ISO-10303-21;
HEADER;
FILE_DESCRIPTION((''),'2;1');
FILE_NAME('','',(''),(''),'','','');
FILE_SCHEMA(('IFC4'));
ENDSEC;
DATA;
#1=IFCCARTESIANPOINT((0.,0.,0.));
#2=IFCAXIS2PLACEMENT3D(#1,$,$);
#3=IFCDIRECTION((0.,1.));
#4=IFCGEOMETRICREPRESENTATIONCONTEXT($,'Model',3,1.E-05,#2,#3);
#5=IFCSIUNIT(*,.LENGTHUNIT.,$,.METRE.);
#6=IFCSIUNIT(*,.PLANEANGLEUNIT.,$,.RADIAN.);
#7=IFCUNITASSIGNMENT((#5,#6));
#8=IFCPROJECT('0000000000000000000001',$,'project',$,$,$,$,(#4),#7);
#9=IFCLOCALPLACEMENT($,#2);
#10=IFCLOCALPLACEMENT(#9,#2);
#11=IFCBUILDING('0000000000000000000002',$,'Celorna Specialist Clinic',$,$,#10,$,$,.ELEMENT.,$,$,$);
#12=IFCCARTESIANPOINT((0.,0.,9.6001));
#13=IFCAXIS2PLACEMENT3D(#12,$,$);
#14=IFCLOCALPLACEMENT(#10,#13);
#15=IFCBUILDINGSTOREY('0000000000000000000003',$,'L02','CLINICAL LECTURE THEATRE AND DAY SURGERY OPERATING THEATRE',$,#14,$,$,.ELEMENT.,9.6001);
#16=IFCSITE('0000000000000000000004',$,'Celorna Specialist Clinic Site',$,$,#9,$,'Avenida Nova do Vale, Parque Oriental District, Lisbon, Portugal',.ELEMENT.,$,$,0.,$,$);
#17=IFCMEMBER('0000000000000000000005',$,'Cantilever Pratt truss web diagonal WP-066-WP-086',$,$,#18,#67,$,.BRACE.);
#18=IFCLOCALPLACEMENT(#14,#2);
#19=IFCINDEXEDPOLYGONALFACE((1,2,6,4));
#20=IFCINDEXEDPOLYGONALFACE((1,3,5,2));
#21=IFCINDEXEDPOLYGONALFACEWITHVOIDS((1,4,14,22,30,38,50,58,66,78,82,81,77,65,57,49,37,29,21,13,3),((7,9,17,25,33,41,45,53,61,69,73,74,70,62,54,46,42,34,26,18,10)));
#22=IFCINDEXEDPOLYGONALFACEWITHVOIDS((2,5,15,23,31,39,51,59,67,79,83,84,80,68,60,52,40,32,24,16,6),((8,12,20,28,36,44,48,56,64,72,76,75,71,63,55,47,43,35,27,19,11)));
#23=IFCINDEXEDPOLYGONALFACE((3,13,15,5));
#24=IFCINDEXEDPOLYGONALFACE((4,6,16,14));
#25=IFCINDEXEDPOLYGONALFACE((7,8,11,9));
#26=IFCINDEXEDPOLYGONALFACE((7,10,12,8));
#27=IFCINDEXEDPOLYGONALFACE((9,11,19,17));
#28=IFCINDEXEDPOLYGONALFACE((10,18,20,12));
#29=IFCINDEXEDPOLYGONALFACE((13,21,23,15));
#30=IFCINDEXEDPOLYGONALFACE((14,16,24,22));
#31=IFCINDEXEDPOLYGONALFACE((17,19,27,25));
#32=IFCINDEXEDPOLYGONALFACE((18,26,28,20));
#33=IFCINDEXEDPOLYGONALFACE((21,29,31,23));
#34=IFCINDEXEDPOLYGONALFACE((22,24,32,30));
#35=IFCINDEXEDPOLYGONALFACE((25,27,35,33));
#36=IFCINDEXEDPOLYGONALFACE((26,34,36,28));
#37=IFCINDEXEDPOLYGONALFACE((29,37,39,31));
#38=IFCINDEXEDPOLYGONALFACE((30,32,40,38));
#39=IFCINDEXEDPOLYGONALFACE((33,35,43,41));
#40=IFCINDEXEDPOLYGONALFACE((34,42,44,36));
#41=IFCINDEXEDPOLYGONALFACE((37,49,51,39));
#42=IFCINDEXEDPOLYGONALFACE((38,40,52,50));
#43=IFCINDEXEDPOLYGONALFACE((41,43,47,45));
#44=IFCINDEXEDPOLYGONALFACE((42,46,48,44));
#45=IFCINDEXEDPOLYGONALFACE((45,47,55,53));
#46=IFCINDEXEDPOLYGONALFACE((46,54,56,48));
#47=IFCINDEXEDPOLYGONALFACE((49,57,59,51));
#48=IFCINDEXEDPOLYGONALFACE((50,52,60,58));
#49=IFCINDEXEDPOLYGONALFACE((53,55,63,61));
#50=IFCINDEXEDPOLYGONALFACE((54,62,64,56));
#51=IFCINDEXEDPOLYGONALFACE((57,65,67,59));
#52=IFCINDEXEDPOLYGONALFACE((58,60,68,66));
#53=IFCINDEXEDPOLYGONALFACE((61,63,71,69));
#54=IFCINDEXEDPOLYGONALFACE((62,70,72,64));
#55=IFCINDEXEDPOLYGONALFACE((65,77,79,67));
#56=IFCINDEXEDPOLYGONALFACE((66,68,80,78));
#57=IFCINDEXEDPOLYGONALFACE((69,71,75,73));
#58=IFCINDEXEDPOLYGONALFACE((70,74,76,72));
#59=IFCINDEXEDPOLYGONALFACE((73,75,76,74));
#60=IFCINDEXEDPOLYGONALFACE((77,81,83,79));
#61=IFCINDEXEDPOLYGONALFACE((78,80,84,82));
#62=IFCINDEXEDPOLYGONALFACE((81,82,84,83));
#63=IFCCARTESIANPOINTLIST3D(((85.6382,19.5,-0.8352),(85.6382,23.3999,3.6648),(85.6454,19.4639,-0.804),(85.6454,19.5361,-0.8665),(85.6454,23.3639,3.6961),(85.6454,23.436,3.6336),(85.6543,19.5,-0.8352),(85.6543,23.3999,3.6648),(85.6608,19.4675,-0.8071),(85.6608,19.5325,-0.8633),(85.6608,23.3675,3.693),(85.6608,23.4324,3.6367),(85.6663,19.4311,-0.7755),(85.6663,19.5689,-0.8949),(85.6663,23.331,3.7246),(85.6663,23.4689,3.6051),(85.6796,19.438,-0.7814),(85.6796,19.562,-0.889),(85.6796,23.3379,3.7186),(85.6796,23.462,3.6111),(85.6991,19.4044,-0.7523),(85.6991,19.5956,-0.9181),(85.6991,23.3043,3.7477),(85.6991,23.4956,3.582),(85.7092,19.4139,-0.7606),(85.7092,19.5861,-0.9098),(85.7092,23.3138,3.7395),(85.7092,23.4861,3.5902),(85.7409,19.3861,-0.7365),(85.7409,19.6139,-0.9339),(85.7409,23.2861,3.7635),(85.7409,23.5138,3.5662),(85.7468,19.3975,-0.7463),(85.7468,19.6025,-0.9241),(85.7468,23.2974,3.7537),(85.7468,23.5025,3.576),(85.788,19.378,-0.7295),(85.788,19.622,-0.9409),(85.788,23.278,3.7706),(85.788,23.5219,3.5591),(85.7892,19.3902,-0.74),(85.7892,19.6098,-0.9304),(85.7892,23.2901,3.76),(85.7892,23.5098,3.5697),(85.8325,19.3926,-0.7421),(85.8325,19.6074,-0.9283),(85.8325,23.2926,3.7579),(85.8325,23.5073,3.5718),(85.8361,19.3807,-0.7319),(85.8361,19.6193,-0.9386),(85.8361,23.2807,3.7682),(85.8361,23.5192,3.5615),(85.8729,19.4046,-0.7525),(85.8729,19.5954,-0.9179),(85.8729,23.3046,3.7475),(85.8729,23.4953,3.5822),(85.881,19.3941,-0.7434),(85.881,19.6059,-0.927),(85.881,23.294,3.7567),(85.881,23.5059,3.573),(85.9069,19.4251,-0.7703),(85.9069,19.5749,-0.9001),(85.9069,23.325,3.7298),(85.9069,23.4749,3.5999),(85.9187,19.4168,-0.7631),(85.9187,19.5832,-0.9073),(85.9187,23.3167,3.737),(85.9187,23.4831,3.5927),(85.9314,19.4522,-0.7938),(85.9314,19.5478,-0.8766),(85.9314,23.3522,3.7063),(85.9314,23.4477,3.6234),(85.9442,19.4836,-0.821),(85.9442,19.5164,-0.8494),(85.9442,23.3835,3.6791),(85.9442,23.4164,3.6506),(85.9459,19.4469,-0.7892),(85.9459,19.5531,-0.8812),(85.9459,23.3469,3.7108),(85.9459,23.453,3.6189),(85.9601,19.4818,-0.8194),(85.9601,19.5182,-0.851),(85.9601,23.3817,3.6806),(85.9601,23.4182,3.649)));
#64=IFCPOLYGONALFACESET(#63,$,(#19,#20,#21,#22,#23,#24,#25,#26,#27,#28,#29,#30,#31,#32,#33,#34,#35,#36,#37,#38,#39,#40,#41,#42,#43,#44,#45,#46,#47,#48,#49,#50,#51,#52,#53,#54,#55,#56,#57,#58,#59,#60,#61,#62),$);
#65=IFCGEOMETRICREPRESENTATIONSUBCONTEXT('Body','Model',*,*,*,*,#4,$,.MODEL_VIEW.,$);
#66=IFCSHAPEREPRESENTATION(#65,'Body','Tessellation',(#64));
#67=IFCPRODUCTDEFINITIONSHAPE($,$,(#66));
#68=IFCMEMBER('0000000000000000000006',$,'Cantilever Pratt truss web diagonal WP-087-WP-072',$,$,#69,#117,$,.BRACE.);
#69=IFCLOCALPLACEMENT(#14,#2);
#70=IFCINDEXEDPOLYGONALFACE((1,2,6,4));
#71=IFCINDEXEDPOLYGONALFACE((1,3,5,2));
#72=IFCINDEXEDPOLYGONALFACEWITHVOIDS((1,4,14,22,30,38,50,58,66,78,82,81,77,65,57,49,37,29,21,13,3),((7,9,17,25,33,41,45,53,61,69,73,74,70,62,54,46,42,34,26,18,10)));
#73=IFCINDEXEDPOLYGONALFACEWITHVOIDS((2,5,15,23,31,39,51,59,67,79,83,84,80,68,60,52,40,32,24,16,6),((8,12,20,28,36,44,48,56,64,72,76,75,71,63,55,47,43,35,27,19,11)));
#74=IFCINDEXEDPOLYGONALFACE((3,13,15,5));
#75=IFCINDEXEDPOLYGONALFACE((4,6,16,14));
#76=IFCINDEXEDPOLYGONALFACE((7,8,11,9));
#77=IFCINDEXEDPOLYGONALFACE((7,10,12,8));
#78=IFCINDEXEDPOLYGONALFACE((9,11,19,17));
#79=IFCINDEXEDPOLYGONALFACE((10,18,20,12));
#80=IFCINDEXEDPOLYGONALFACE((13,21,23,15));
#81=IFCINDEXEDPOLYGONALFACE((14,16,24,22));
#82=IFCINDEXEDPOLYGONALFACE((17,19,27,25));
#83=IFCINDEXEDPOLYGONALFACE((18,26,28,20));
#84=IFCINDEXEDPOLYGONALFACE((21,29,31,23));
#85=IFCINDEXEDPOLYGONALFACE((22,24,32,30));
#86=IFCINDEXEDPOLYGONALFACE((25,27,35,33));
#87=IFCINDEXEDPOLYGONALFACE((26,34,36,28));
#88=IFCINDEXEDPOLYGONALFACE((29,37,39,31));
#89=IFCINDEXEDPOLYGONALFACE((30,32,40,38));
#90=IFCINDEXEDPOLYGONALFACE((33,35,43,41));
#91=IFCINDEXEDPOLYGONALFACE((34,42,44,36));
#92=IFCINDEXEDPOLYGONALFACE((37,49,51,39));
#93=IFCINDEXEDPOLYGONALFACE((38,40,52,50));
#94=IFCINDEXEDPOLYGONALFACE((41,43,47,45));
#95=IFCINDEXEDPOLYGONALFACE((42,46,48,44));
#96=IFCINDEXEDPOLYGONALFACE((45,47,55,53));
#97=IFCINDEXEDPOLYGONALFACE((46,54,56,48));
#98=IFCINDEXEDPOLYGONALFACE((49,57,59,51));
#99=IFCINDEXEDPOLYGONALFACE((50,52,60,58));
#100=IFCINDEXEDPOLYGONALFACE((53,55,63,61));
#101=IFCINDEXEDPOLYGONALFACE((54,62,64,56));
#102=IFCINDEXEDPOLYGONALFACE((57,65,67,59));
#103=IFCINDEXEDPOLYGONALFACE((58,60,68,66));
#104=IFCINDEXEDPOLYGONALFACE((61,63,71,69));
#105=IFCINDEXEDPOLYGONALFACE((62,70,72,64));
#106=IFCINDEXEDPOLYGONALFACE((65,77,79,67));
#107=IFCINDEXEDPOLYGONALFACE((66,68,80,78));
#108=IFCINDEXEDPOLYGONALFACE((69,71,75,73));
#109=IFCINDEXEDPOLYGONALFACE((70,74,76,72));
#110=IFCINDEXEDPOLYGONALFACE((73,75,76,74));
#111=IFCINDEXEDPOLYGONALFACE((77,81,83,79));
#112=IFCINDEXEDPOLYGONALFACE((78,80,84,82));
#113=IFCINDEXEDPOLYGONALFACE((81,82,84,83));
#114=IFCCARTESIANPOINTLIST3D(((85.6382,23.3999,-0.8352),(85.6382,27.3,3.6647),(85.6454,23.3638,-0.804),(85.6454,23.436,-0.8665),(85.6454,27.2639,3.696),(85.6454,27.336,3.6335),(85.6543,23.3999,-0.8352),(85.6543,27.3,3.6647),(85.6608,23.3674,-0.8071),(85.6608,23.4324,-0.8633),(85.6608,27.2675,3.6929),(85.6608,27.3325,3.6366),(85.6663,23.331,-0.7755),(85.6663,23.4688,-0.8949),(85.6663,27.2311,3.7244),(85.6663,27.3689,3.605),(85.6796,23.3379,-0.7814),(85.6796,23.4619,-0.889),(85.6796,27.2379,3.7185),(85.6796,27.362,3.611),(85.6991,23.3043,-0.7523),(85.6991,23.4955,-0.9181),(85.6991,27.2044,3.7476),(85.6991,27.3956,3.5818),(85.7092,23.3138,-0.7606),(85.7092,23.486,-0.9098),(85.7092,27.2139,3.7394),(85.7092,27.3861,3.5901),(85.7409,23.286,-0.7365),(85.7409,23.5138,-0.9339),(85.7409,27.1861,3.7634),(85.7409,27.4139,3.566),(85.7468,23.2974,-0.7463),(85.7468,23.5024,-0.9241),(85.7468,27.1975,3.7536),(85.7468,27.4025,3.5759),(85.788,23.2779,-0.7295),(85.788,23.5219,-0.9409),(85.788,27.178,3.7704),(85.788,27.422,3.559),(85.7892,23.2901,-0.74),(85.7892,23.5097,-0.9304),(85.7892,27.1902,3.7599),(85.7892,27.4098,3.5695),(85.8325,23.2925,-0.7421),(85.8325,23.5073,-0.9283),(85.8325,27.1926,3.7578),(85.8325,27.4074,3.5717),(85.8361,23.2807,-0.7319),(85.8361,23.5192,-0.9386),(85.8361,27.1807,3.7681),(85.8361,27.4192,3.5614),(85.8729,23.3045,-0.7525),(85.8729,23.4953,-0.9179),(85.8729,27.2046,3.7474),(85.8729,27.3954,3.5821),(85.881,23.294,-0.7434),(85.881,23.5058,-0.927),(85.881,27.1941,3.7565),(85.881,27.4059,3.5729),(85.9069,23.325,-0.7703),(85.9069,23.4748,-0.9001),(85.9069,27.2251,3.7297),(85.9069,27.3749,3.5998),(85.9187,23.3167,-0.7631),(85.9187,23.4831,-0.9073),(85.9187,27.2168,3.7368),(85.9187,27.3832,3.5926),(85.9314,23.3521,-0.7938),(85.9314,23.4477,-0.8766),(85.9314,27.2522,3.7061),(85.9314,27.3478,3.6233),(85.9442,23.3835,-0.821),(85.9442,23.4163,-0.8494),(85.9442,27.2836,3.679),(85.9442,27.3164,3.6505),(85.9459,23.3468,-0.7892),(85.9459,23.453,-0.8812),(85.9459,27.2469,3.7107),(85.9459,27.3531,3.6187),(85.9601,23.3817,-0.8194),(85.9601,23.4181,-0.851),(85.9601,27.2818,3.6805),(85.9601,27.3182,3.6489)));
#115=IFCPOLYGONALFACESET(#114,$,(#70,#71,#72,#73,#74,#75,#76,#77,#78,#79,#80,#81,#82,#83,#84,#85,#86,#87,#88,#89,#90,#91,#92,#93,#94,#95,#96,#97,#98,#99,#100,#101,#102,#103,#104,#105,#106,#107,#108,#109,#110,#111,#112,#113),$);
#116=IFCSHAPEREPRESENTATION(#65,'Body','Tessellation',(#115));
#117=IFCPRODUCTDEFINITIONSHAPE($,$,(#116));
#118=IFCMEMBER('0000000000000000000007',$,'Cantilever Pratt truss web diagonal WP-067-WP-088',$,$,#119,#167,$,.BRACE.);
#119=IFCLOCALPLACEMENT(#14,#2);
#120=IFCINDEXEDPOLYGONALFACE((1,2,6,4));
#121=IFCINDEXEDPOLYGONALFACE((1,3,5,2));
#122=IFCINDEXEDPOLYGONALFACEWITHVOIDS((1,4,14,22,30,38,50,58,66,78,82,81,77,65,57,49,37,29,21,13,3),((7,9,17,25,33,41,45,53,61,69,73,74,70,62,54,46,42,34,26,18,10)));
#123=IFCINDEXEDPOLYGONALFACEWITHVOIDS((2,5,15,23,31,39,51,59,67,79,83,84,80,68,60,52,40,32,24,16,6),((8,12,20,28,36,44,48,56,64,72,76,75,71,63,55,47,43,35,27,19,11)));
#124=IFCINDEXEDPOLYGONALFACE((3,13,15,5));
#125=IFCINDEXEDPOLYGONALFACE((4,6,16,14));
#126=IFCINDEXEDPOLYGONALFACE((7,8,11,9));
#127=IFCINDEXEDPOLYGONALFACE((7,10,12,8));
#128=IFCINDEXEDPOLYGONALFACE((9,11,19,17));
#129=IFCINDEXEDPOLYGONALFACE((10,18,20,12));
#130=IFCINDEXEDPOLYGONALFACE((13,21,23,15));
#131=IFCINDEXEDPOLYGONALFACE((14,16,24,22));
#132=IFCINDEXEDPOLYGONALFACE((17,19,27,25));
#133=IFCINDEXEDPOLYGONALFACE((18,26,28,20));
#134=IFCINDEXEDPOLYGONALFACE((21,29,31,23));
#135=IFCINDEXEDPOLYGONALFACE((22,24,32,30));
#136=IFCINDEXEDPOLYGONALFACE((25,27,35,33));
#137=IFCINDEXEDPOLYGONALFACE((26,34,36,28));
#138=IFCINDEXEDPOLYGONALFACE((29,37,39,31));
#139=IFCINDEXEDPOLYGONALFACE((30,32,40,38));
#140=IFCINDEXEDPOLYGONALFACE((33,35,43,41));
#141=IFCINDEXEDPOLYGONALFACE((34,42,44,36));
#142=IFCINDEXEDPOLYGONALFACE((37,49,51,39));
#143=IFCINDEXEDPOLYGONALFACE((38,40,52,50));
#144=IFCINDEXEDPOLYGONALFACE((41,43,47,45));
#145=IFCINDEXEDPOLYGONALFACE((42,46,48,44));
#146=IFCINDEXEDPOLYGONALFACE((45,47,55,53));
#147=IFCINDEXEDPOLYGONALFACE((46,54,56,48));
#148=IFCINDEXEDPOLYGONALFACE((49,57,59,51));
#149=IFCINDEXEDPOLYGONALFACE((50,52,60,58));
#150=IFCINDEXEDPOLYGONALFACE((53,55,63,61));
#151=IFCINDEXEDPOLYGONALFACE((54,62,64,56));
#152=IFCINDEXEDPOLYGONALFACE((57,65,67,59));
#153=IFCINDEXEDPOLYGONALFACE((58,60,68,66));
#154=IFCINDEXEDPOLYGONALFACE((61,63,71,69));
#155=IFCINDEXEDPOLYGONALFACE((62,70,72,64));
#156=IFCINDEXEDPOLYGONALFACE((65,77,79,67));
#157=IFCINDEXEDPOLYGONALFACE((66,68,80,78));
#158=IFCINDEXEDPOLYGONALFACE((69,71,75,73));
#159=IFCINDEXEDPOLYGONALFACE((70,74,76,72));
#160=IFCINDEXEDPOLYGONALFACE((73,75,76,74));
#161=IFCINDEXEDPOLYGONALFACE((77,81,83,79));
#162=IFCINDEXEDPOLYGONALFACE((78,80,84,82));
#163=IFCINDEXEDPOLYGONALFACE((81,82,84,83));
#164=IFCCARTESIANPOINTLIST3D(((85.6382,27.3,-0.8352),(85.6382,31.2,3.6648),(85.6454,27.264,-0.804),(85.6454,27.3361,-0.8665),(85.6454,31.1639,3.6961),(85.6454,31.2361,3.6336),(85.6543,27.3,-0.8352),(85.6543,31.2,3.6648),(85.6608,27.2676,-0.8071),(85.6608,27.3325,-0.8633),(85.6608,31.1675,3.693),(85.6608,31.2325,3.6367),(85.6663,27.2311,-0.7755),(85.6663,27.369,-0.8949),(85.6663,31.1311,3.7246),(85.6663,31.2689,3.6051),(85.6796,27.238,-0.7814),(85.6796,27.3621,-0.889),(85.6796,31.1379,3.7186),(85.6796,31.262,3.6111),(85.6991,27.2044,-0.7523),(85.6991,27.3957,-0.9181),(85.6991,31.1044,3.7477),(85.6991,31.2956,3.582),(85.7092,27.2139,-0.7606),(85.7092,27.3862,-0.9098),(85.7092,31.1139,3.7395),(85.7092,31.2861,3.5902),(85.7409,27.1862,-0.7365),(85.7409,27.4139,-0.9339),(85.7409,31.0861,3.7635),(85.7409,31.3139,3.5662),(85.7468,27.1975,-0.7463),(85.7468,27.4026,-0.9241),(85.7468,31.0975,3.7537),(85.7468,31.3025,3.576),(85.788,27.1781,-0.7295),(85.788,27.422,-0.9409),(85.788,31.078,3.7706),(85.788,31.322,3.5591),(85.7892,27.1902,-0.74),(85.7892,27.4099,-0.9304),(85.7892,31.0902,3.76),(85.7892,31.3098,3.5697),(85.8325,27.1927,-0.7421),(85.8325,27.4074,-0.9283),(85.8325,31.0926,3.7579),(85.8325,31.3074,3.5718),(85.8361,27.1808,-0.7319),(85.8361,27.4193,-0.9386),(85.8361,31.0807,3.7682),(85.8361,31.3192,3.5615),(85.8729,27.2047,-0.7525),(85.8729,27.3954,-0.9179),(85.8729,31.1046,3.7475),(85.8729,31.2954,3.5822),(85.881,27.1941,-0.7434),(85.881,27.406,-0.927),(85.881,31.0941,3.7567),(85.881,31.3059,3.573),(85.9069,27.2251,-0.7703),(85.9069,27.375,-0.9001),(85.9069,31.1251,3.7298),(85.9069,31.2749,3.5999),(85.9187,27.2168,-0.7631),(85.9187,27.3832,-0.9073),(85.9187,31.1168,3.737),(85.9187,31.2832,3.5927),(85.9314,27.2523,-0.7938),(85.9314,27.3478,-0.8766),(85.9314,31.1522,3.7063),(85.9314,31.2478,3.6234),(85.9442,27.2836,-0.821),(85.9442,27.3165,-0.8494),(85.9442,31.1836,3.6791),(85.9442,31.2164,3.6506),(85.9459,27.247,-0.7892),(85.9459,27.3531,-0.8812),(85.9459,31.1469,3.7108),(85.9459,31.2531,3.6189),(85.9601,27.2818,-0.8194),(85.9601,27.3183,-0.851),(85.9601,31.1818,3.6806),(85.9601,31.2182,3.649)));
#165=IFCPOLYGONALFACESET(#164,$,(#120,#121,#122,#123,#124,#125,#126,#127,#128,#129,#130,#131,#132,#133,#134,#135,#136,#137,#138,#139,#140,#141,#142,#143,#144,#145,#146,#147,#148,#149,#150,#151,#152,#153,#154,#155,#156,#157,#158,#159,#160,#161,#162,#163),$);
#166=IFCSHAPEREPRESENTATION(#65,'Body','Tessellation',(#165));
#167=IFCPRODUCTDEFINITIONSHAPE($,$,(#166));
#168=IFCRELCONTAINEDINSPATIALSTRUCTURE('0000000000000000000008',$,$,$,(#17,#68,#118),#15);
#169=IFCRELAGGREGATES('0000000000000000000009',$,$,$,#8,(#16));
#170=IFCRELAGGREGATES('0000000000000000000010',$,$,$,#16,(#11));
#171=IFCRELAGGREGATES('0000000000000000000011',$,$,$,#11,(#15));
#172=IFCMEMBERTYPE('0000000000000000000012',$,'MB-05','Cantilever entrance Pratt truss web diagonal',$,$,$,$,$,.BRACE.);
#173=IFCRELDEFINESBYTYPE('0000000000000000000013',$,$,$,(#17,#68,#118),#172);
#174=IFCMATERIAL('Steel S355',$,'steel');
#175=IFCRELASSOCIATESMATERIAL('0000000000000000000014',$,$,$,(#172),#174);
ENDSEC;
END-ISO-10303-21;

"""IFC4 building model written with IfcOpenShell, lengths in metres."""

from ifc_helpers import new_model, si_unit, direction, frame, origin, origin_2d, place, context, subcontext, project, spatial, hollow_circle, extrude, material, material_profile, profile_set, type_object, element, save


model = new_model("IFC4")

# Units and contexts
model_context = context("Model", 3, precision=1e-05, world=origin(), true_north=direction((0.0, 1.0)))
body_context = subcontext(model_context, "Body", "Model", "MODEL_VIEW")
ifc_project = project(units=[si_unit("LENGTHUNIT", "METRE"), si_unit("PLANEANGLEUNIT", "RADIAN")], contexts=[model_context])

# Site, building, storey
site_placement = place(None, origin())
site = spatial("IfcSite", under=ifc_project, at=site_placement, Name="Celorna Specialist Clinic Site", LongName="Avenida Nova do Vale, Parque Oriental District, Lisbon, Portugal", CompositionType="ELEMENT", RefElevation=0.0)
building_placement = place(site_placement, origin())
building = spatial("IfcBuilding", under=site, at=building_placement, Name="Celorna Specialist Clinic", CompositionType="ELEMENT")
storey_placement = place(building_placement, frame((0.0, 0.0, 9.6001)))
storey = spatial("IfcBuildingStorey", under=building, at=storey_placement, Name="L02", Description="CLINICAL LECTURE THEATRE AND DAY SURGERY OPERATING THEATRE", CompositionType="ELEMENT", Elevation=9.6001)

# Shared definitions
ifc_material_1 = material(Name="Steel S355", Category="steel")

# Members
ifc_material_profile_1 = material_profile(ifc_material_1, hollow_circle(Radius=0.1619, WallThickness=0.0161, at=origin_2d()), Name="CHS 323.9x16")
ifc_profile_set_1 = profile_set([ifc_material_profile_1], Name="Steel S355")
member_type_1 = type_object("IfcMemberType", Name="MB-05", Description="Cantilever entrance Pratt truss web diagonal", PredefinedType="BRACE", material=ifc_profile_set_1)
for number, where, z_axis, x_axis, name in (
    (1, (85.8, 19.5, -0.8352), (0.0, 0.654921, 0.755697), (-1.0, 0.0, 0.0), "Cantilever Pratt truss web diagonal WP-066-WP-086"),
    (2, (85.8, 23.3999, -0.8352), (0.0, 0.654945, 0.755677), (-1.0, 0.0, 0.0), "Cantilever Pratt truss web diagonal WP-087-WP-072"),
    (3, (85.8, 27.3, -0.8352), (0.0, 0.654921, 0.755697), (-1.0, 0.0, 0.0), "Cantilever Pratt truss web diagonal WP-067-WP-088"),
):
    element("IfcMember", number, at=place(storey_placement, frame(where, z_axis=z_axis, x_axis=x_axis)), inside=storey, type_object=member_type_1, Name=name, PredefinedType="BRACE", context=body_context, shape_type="SweptSolid", body=[
        extrude(hollow_circle(Radius=0.1619, WallThickness=0.0161, at=origin_2d()), origin(), (0.0, 0.0, 1.0), 5.9548),
    ])

save(model, "model.ifc")
